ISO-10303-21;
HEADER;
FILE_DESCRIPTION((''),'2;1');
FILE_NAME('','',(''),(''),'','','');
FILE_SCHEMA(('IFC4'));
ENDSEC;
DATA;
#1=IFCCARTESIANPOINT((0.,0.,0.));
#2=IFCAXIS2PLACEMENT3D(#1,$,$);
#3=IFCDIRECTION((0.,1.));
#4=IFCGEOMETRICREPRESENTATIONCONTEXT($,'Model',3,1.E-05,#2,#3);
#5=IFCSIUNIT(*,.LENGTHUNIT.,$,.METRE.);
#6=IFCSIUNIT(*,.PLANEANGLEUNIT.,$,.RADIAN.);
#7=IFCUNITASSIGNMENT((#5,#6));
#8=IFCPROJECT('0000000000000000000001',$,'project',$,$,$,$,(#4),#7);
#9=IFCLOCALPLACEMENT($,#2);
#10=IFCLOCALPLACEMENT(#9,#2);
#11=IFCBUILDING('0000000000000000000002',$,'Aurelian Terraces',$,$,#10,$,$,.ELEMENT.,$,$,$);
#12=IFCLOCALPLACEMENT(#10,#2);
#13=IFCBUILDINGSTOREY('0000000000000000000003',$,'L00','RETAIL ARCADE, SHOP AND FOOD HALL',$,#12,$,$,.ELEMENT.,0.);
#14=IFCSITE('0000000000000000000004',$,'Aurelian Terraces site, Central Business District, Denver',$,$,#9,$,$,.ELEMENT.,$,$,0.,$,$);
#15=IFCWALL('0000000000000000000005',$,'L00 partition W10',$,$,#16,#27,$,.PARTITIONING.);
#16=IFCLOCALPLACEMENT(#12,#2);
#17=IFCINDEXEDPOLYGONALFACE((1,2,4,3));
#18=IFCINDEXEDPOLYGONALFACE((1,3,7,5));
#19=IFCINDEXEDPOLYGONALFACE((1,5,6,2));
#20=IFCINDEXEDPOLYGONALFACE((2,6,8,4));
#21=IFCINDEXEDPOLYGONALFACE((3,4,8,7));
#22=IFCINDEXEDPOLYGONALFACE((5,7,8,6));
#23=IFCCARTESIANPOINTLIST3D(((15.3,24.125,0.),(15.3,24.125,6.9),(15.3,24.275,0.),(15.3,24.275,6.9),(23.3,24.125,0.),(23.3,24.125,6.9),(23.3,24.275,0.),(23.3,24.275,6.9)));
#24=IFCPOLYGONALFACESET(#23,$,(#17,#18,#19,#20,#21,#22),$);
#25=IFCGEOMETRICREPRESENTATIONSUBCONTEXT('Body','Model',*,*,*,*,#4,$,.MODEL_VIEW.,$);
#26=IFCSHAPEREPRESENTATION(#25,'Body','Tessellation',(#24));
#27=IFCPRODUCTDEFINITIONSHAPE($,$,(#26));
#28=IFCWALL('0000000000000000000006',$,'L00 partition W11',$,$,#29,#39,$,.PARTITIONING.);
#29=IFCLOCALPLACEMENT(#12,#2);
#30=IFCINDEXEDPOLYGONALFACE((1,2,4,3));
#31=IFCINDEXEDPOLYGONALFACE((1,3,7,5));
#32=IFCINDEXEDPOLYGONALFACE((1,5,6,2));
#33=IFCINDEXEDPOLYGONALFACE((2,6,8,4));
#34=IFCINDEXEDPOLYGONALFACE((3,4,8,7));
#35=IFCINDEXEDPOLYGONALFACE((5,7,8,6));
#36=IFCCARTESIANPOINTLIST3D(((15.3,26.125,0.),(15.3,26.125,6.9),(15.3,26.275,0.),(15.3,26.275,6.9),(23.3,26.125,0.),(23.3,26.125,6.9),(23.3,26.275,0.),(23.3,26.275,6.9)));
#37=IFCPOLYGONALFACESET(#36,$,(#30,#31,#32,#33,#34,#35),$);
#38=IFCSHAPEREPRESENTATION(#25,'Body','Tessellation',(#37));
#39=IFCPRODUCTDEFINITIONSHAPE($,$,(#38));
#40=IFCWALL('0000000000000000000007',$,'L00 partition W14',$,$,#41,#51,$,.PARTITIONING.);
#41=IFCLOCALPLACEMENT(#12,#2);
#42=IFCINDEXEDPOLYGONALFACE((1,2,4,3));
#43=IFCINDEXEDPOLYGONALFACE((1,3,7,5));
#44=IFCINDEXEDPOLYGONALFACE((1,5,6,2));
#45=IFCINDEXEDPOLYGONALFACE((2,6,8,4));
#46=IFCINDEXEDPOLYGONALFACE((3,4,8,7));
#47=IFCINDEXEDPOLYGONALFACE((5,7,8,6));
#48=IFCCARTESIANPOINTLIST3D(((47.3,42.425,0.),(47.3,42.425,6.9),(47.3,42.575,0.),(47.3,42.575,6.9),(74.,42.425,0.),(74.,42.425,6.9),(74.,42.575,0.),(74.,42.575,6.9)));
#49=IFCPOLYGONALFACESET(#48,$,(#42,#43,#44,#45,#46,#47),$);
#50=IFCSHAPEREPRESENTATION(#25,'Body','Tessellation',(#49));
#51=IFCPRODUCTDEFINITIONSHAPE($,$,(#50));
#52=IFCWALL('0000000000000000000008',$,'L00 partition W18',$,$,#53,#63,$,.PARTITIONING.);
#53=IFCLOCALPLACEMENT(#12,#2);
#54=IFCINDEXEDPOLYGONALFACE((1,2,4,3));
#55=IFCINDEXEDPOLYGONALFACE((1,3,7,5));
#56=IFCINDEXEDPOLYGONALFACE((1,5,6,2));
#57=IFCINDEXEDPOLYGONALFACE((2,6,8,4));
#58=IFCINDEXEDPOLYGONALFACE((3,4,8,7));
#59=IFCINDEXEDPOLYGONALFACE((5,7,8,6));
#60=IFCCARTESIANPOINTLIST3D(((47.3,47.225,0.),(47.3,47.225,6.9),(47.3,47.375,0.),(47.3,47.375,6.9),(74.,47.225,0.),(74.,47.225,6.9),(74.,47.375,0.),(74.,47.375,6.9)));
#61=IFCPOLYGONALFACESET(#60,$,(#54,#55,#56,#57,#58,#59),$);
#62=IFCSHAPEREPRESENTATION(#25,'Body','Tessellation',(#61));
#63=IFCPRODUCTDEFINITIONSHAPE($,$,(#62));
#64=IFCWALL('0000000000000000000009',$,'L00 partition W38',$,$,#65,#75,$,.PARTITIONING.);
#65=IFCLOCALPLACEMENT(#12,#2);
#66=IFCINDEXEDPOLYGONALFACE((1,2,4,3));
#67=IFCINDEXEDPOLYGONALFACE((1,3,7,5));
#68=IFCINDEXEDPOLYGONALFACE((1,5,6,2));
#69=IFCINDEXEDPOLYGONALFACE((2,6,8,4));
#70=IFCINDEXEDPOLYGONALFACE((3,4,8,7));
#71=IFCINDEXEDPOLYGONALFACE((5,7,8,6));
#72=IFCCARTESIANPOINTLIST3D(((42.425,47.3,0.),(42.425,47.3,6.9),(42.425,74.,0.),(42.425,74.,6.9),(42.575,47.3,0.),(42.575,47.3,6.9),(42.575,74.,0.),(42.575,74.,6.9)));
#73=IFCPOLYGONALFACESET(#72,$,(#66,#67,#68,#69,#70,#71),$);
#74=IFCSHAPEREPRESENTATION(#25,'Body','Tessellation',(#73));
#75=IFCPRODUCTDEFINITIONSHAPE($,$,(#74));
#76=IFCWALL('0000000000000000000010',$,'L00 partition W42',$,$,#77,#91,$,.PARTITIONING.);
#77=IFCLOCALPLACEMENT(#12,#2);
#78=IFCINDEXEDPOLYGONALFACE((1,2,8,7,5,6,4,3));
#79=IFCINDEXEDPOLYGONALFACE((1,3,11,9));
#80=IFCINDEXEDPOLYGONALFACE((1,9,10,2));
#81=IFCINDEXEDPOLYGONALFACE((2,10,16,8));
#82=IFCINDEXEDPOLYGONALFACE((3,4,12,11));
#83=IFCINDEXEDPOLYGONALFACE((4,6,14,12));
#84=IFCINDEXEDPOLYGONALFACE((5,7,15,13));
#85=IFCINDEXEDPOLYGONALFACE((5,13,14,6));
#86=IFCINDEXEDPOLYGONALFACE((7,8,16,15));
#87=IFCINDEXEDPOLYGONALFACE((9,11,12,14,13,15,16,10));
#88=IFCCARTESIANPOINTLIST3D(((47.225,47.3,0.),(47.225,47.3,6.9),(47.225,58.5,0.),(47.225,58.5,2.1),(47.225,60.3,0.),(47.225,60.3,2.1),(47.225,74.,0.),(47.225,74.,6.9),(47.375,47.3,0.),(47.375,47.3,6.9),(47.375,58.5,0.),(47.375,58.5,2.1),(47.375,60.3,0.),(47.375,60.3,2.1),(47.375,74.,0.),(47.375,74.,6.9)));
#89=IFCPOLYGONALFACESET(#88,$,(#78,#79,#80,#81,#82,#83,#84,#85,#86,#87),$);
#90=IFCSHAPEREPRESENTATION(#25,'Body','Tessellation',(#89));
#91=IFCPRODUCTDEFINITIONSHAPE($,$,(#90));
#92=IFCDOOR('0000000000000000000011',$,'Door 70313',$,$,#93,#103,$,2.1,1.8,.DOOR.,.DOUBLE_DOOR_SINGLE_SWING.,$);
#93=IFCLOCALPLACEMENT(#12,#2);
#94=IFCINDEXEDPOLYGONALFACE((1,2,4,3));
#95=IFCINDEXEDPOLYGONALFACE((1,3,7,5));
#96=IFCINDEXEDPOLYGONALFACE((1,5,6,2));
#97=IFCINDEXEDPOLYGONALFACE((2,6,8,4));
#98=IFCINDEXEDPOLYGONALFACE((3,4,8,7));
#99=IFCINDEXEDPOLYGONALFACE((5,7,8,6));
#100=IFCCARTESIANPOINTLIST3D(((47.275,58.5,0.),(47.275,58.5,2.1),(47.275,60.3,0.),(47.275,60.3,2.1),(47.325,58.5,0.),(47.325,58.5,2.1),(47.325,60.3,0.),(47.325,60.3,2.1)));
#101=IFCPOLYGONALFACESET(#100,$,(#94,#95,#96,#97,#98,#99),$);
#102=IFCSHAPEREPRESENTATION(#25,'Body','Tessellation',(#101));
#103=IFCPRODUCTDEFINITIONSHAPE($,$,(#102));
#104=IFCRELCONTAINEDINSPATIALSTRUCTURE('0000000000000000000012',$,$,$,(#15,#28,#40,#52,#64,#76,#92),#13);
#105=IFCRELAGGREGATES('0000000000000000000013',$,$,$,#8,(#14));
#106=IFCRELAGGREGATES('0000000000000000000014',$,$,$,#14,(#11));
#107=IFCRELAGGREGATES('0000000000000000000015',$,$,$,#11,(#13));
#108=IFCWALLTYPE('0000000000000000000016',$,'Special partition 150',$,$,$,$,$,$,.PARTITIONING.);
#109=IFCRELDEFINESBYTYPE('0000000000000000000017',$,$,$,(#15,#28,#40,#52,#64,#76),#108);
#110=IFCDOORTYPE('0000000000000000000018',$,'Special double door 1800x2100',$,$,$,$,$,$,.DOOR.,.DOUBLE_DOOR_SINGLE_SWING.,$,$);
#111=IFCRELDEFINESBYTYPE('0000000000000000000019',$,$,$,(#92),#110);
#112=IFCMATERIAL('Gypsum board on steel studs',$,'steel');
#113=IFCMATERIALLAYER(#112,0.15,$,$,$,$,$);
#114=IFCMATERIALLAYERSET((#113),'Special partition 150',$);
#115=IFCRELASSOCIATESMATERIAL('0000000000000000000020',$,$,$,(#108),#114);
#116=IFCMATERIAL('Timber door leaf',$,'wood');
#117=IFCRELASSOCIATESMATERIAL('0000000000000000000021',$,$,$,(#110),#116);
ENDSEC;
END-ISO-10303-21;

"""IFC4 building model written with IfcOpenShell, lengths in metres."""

from ifc_helpers import new_model, si_unit, direction, frame, frame_2d, origin, place, context, subcontext, project, spatial, rectangle, extrude, source, transform, mapped, material, layer, layer_set, type_object, element, fill, save


model = new_model("IFC4")

# Units and contexts
model_context = context("Model", 3, precision=1e-05, world=origin(), true_north=direction((0.0, 1.0)))
body_context = subcontext(model_context, "Body", "Model", "MODEL_VIEW")
ifc_project = project(units=[si_unit("LENGTHUNIT", "METRE"), si_unit("PLANEANGLEUNIT", "RADIAN")], contexts=[model_context])

# Site, building, storey
site_placement = place(None, origin())
site = spatial("IfcSite", under=ifc_project, at=site_placement, Name="Aurelian Terraces site, Central Business District, Denver", CompositionType="ELEMENT", RefElevation=0.0)
building_placement = place(site_placement, origin())
building = spatial("IfcBuilding", under=site, at=building_placement, Name="Aurelian Terraces", CompositionType="ELEMENT")
storey_placement = place(building_placement, origin())
storey = spatial("IfcBuildingStorey", under=building, at=storey_placement, Name="L00", Description="RETAIL ARCADE, SHOP AND FOOD HALL", CompositionType="ELEMENT", Elevation=0.0)

# Walls
ifc_material_1 = material(Name="Gypsum board on steel studs", Category="steel")
ifc_layer_1 = layer(ifc_material_1, 0.15)
ifc_layer_set_1 = layer_set([ifc_layer_1], Name="Special partition 150")
wall_type = type_object("IfcWallType", Name="Special partition 150", PredefinedType="PARTITIONING", material=ifc_layer_set_1)
wall_1_placement = place(storey_placement, frame((15.3, 24.2, 0.0), z_axis=(0.0, 0.0, 1.0), x_axis=(1.0, 0.0, 0.0)))
element("IfcWall", 1, at=wall_1_placement, inside=storey, type_object=wall_type, Name="L00 partition W10", PredefinedType="PARTITIONING", context=body_context, shape_type="SweptSolid", body=[
    extrude(rectangle(XDim=8.0, YDim=0.15, at=frame_2d((4.0, 0.0))), origin(), (0.0, 0.0, 1.0), 6.9),
])
shared_shape_1 = source(origin(), body_context, "Body", "SweptSolid", [
    extrude(rectangle(XDim=8.0, YDim=0.15, at=frame_2d((4.0, 0.0))), origin(), (0.0, 0.0, 1.0), 6.9),
])
wall_2_placement = place(storey_placement, frame((15.3, 26.2, 0.0), z_axis=(0.0, 0.0, 1.0), x_axis=(1.0, 0.0, 0.0)))
element("IfcWall", 2, at=wall_2_placement, inside=storey, type_object=wall_type, Name="L00 partition W11", PredefinedType="PARTITIONING", context=body_context, shape_type="MappedRepresentation", body=[
    mapped(shared_shape_1, transform((0.0, 0.0, 0.0), scale=1.0)),
])
shared_shape_2 = source(origin(), body_context, "Body", "SweptSolid", [
    extrude(rectangle(XDim=26.7, YDim=0.15, at=frame_2d((13.35, 0.0))), origin(), (0.0, 0.0, 1.0), 6.9),
])
for number, where, z_axis, x_axis, name in (
    (3, (47.3, 42.5, 0.0), (0.0, 0.0, 1.0), (1.0, 0.0, 0.0), "L00 partition W14"),
    (4, (47.3, 47.3, 0.0), (0.0, 0.0, 1.0), (1.0, 0.0, 0.0), "L00 partition W18"),
    (5, (42.5, 47.3, 0.0), (0.0, 0.0, 1.0), (0.0, 1.0, 0.0), "L00 partition W38"),
):
    element("IfcWall", number, at=place(storey_placement, frame(where, z_axis=z_axis, x_axis=x_axis)), inside=storey, type_object=wall_type, Name=name, PredefinedType="PARTITIONING", context=body_context, shape_type="MappedRepresentation", body=[
        mapped(shared_shape_2, transform((0.0, 0.0, 0.0), scale=1.0)),
    ])

# Wall, opening, door
wall_3_placement = place(storey_placement, frame((47.3, 47.3, 0.0), z_axis=(0.0, 0.0, 1.0), x_axis=(0.0, 1.0, 0.0)))
wall_3 = element("IfcWall", 6, at=wall_3_placement, inside=storey, type_object=wall_type, Name="L00 partition W42", PredefinedType="PARTITIONING", context=body_context, shape_type="MappedRepresentation", body=[
    mapped(shared_shape_2, transform((0.0, 0.0, 0.0), scale=1.0)),
])
shared_shape_3 = source(origin(), body_context, "Body", "SweptSolid", [
    extrude(rectangle(XDim=1.8, YDim=2.1, at=frame_2d((0.9, 1.05))), frame((0.0, 0.085, 0.0), z_axis=(0.0, -1.0, 0.0), x_axis=(1.0, 0.0, 0.0)), (0.0, 0.0, 1.0), 0.17),
])
opening_placement = place(wall_3_placement, frame((11.2, 0.0, 0.0)))
opening = element("IfcOpeningElement", 7, at=opening_placement, cuts=wall_3, PredefinedType="OPENING", context=body_context, shape_type="MappedRepresentation", body=[
    mapped(shared_shape_3, transform((0.0, 0.0, 0.0), scale=1.0)),
])
ifc_material_2 = material(Name="Timber door leaf", Category="wood")
door_type = type_object("IfcDoorType", Name="Special double door 1800x2100", OperationType="DOUBLE_DOOR_SINGLE_SWING", PredefinedType="DOOR", material=ifc_material_2)
shared_shape_4 = source(origin(), body_context, "Body", "SweptSolid", [
    extrude(rectangle(XDim=1.8, YDim=2.1, at=frame_2d((0.9, 1.05))), frame((0.0, 0.025, 0.0), z_axis=(0.0, -1.0, 0.0), x_axis=(1.0, 0.0, 0.0)), (0.0, 0.0, 1.0), 0.05),
])
door_placement = place(opening_placement, origin())
door = element("IfcDoor", 8, at=door_placement, inside=storey, type_object=door_type, Name="Door 70313", OperationType="DOUBLE_DOOR_SINGLE_SWING", OverallHeight=2.1, OverallWidth=1.8, PredefinedType="DOOR", context=body_context, shape_type="MappedRepresentation", body=[
    mapped(shared_shape_4, transform((0.0, 0.0, 0.0), scale=1.0)),
])
fill(opening, door)

save(model, "model.ifc")
